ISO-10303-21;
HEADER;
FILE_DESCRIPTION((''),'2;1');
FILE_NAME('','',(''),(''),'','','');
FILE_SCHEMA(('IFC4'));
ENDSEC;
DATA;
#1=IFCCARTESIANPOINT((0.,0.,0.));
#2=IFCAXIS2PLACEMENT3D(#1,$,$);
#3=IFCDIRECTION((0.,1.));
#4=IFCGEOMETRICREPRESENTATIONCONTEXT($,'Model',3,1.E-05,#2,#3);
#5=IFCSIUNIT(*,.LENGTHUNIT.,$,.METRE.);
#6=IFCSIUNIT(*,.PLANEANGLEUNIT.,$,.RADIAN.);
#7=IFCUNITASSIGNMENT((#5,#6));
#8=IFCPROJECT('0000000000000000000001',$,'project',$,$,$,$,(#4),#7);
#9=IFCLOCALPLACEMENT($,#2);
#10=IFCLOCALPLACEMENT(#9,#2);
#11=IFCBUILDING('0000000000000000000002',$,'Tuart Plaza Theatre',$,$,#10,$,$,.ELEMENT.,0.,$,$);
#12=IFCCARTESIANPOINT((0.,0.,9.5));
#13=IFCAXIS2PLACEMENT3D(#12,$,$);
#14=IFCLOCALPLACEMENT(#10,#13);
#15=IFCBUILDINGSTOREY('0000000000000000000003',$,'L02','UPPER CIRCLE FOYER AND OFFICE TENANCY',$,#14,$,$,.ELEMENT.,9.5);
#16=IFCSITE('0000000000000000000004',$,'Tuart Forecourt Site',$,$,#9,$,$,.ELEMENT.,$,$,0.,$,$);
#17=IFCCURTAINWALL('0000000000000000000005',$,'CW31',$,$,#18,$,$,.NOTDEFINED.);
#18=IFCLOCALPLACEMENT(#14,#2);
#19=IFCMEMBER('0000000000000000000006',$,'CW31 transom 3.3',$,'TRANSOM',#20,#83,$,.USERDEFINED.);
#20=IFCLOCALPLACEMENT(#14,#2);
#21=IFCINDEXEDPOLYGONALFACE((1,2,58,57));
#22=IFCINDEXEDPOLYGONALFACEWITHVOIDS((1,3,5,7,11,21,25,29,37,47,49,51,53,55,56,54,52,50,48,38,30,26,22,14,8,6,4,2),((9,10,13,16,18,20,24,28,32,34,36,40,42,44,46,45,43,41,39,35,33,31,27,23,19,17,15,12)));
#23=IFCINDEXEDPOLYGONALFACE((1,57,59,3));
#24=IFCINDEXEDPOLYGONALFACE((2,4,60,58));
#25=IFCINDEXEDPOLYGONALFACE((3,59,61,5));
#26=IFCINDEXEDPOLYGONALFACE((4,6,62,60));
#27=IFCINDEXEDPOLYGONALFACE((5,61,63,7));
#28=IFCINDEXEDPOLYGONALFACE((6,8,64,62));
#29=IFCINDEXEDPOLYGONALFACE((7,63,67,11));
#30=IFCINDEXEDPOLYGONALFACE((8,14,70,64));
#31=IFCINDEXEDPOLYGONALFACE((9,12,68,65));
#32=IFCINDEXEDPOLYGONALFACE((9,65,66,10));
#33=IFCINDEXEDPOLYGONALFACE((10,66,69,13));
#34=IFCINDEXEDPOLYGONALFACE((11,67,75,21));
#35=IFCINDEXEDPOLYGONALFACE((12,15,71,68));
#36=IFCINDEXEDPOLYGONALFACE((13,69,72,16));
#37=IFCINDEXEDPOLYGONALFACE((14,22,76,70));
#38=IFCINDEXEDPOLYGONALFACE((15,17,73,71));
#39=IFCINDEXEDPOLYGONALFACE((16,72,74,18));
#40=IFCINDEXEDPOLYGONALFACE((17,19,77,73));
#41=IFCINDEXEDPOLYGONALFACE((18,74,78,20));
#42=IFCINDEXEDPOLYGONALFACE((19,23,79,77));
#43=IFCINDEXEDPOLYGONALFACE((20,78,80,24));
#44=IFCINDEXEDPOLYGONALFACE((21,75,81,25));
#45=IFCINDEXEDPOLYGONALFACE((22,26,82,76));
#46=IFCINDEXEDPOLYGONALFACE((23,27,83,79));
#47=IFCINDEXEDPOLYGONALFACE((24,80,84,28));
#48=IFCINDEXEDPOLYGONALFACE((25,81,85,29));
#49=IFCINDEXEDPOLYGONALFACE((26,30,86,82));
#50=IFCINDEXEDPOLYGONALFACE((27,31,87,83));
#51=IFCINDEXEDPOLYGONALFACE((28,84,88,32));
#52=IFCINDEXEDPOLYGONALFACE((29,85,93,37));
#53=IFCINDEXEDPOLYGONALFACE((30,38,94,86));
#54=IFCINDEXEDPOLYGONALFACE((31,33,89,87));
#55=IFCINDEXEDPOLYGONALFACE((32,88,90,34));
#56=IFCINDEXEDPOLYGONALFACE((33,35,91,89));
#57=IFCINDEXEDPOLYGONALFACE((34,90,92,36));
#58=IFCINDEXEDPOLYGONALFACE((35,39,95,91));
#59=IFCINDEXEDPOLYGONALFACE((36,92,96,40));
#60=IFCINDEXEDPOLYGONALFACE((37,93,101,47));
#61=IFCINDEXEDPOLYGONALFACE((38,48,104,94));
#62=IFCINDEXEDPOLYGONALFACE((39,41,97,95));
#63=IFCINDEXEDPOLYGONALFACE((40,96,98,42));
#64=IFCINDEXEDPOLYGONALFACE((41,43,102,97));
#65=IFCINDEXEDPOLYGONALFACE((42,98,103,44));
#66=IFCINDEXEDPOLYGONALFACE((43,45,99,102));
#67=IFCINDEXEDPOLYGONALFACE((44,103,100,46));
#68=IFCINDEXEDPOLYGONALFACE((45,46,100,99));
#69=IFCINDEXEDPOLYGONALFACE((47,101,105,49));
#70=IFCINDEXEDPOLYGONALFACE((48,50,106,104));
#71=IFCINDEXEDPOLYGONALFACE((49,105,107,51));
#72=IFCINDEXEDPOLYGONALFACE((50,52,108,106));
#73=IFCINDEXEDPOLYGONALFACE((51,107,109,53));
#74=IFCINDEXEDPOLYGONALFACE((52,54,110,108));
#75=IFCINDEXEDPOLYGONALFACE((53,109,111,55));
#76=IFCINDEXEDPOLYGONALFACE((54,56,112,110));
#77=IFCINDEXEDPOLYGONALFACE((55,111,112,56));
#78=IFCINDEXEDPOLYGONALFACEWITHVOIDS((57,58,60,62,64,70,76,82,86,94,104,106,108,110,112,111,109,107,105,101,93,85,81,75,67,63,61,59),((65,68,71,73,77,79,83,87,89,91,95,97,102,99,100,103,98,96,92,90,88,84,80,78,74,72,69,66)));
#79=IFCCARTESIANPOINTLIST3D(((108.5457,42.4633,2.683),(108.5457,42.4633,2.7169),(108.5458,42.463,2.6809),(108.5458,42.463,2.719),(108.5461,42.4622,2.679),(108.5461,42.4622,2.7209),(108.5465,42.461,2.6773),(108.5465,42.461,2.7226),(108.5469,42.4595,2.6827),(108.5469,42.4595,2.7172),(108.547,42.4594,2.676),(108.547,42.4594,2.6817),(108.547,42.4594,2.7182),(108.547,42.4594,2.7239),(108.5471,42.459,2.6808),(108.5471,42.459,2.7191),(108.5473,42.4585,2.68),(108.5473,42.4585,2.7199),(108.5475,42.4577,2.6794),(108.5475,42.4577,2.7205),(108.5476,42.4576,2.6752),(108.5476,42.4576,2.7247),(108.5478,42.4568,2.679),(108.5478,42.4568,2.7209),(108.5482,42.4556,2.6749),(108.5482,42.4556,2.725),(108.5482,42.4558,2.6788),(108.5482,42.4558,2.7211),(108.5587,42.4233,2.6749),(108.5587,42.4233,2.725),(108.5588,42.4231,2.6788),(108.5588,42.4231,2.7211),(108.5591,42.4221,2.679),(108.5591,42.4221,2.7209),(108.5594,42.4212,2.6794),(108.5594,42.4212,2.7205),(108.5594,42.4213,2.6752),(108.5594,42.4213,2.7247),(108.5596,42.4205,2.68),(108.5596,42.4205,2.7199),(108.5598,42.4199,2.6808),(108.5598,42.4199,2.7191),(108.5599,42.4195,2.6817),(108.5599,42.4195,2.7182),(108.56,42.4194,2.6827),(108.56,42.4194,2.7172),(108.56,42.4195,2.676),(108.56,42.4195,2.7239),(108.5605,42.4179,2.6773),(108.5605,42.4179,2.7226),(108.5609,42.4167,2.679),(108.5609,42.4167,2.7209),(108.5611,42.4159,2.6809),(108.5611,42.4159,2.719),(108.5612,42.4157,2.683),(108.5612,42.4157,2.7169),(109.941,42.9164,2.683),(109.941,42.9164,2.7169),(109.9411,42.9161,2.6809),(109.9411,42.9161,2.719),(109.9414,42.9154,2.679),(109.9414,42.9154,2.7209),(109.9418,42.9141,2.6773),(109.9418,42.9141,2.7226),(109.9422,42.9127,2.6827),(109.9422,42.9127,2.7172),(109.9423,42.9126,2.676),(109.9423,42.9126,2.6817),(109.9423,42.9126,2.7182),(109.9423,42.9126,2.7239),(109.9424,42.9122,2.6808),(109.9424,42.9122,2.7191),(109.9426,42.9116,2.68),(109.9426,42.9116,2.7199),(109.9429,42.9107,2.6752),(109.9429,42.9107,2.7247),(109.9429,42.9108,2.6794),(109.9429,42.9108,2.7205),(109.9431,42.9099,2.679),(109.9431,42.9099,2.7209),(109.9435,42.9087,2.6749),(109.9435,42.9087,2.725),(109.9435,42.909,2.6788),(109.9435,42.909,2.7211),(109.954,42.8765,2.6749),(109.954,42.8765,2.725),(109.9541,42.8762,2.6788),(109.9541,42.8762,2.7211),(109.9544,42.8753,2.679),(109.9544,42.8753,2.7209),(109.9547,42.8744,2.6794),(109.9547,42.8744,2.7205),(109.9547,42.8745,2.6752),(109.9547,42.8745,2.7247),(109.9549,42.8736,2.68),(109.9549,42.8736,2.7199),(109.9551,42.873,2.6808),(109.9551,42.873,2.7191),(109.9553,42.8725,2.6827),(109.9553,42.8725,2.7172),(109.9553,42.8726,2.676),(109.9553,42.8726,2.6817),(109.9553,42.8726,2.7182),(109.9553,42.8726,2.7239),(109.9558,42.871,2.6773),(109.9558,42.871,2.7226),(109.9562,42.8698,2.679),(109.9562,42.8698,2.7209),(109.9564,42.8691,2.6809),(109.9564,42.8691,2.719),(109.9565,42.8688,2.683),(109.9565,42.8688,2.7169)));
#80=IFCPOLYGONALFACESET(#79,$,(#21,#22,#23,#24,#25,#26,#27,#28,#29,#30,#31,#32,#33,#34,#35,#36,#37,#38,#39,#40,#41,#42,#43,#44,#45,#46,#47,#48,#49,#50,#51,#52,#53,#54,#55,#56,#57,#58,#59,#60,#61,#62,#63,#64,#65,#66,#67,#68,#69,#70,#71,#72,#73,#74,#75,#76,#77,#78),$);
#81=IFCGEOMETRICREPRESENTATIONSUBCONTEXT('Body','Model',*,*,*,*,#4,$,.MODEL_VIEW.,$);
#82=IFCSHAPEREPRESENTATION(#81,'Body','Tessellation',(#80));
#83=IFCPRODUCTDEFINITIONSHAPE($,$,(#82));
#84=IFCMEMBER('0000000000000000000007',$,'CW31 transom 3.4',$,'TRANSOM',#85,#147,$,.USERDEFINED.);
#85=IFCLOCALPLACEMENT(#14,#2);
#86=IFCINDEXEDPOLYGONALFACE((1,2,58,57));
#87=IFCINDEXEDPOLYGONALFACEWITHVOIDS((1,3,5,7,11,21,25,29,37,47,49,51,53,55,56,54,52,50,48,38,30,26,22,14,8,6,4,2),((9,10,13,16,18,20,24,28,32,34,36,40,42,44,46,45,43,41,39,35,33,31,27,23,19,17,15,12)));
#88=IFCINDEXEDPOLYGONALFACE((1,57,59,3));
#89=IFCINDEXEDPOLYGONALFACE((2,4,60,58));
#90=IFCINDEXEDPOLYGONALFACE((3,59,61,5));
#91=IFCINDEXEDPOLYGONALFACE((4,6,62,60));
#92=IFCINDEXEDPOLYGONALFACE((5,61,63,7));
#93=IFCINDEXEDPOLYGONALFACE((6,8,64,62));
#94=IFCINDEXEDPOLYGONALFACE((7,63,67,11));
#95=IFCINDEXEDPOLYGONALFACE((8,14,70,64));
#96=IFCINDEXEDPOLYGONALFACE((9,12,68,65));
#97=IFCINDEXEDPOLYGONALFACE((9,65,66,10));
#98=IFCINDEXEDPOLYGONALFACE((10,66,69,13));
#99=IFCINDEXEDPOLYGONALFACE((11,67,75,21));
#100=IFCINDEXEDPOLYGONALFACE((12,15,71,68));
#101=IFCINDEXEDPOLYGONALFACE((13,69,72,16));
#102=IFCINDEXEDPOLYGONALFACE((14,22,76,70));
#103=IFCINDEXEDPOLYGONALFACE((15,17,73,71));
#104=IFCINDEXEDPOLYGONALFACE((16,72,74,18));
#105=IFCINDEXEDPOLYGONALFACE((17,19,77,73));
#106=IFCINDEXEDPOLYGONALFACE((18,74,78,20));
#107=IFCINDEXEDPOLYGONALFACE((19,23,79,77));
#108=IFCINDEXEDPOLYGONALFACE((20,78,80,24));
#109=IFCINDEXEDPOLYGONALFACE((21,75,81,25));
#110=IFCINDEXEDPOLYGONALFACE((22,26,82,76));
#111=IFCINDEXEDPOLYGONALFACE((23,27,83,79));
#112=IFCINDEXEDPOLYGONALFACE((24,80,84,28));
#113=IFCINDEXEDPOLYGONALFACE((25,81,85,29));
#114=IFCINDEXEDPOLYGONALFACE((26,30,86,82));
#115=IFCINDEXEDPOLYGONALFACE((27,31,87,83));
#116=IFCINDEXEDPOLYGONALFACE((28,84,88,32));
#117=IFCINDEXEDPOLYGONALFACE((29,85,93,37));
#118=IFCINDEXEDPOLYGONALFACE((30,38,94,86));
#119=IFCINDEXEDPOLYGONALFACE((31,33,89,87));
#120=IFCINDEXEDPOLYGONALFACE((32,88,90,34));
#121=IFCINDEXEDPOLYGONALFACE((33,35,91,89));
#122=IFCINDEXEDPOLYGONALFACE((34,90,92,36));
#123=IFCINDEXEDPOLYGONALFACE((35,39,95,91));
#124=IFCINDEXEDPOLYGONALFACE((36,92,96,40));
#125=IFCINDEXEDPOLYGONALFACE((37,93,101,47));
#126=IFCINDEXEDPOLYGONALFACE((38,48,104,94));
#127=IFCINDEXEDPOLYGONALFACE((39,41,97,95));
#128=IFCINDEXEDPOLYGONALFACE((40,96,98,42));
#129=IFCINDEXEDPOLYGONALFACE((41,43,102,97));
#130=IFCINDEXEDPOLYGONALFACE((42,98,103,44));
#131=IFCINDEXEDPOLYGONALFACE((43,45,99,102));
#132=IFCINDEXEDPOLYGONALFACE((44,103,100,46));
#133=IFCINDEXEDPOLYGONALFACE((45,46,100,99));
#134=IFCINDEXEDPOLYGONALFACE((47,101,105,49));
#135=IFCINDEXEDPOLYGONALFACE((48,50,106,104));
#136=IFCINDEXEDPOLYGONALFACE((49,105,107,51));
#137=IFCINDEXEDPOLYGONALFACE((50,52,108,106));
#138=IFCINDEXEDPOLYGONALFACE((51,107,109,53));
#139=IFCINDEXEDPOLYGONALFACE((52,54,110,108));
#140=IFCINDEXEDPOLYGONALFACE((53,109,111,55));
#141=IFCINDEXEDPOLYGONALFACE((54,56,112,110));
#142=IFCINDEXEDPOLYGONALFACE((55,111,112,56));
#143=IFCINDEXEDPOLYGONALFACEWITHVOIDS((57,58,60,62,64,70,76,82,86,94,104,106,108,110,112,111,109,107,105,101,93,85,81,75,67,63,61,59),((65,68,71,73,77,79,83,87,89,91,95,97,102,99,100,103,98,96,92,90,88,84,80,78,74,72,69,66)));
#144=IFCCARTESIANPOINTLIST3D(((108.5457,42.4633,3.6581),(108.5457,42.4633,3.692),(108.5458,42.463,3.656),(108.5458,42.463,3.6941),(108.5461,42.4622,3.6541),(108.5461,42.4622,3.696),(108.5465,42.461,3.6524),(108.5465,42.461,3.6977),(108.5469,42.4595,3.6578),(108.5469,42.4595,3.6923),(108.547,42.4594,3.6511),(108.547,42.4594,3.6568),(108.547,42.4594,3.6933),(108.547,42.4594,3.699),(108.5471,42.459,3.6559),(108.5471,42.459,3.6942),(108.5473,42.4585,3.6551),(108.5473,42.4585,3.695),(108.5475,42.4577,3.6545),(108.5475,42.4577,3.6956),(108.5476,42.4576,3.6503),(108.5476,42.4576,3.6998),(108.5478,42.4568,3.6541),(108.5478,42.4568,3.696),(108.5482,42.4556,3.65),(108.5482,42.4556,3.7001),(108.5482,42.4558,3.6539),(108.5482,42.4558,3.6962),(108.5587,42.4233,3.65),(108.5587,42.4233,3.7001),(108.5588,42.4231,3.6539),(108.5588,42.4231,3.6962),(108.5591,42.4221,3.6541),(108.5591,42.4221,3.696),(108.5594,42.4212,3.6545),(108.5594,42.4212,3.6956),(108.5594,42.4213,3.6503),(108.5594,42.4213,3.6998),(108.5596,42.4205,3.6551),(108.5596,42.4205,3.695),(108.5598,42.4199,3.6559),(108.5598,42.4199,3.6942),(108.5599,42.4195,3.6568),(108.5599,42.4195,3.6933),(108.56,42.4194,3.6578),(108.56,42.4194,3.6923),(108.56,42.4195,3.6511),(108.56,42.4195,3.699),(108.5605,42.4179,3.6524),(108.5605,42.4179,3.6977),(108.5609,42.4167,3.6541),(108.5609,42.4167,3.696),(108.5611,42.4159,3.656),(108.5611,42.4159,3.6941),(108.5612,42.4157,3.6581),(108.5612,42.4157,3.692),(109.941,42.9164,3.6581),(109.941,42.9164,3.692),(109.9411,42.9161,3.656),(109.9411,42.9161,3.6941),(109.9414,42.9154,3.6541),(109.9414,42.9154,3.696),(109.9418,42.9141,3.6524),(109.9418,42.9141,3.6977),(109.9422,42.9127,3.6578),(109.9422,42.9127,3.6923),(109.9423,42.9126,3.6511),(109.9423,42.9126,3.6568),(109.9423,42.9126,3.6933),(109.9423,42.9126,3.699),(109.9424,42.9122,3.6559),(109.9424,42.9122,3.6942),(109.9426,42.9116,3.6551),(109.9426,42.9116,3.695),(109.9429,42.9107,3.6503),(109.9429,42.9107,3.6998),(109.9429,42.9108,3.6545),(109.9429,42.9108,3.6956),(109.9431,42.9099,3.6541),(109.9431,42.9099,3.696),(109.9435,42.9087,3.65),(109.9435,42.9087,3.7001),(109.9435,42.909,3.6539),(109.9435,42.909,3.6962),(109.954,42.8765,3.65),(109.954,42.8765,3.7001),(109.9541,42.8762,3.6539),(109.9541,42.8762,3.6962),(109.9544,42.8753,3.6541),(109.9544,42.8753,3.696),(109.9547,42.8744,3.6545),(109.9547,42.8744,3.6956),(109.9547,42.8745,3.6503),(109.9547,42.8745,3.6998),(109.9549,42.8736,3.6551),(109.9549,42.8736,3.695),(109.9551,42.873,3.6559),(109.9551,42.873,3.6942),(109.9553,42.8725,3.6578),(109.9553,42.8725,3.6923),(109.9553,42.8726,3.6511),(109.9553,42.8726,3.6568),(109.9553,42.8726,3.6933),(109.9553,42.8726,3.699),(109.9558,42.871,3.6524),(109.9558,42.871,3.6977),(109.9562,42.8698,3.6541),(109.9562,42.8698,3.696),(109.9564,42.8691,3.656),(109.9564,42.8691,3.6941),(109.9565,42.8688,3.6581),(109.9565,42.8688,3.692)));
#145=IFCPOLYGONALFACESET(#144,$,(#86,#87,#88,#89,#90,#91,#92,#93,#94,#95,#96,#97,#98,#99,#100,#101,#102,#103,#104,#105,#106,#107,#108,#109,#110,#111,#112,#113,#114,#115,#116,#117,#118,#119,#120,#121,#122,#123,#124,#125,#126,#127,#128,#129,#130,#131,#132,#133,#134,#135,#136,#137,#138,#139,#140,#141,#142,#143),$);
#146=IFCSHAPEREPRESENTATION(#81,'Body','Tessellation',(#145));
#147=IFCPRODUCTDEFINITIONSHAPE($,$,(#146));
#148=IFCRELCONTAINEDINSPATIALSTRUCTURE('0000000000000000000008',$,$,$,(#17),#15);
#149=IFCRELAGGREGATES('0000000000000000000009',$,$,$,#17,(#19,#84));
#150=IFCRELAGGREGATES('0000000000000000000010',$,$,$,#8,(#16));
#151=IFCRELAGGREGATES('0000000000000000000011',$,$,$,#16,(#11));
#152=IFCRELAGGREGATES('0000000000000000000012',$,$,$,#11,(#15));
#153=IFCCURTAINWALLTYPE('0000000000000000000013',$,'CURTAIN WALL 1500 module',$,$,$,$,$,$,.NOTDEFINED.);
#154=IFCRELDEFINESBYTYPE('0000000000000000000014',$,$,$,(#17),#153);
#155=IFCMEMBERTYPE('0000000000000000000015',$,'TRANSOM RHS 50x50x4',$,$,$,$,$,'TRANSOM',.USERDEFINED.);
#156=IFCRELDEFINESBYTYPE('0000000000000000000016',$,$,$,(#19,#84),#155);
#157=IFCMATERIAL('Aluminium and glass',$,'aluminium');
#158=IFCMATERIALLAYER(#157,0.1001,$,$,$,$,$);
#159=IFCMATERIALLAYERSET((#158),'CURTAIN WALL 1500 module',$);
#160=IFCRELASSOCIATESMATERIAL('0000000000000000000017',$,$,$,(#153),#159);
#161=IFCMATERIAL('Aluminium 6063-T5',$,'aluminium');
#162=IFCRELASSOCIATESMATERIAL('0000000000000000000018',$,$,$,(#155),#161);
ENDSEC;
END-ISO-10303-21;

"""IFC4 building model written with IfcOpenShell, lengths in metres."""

from ifc_helpers import new_model, si_unit, direction, frame, origin, origin_2d, place, context, subcontext, project, spatial, hollow_rectangle, extrude, material, layer, layer_set, material_profile, profile_set, type_object, element, aggregate, save


model = new_model("IFC4")

# Units and contexts
model_context = context("Model", 3, precision=1e-05, world=origin(), true_north=direction((0.0, 1.0)))
body_context = subcontext(model_context, "Body", "Model", "MODEL_VIEW")
ifc_project = project(units=[si_unit("LENGTHUNIT", "METRE"), si_unit("PLANEANGLEUNIT", "RADIAN")], contexts=[model_context])

# Site, building, storey
site_placement = place(None, origin())
site = spatial("IfcSite", under=ifc_project, at=site_placement, Name="Tuart Forecourt Site", CompositionType="ELEMENT", RefElevation=0.0)
building_placement = place(site_placement, origin())
building = spatial("IfcBuilding", under=site, at=building_placement, Name="Tuart Plaza Theatre", CompositionType="ELEMENT", ElevationOfRefHeight=0.0)
storey_placement = place(building_placement, frame((0.0, 0.0, 9.5)))
storey = spatial("IfcBuildingStorey", under=building, at=storey_placement, Name="L02", Description="UPPER CIRCLE FOYER AND OFFICE TENANCY", CompositionType="ELEMENT", Elevation=9.5)

# Curtain wall, members
ifc_material_1 = material(Name="Aluminium and glass", Category="aluminium")
ifc_layer_1 = layer(ifc_material_1, 0.1001)
ifc_layer_set_1 = layer_set([ifc_layer_1], Name="CURTAIN WALL 1500 module")
curtain_wall_type = type_object("IfcCurtainWallType", Name="CURTAIN WALL 1500 module", PredefinedType="NOTDEFINED", material=ifc_layer_set_1)
curtain_wall_1_placement = place(storey_placement, origin())
curtain_wall_1 = element("IfcCurtainWall", 1, at=curtain_wall_1_placement, inside=storey, type_object=curtain_wall_type, Name="CW31", PredefinedType="NOTDEFINED")
ifc_material_2 = material(Name="Aluminium 6063-T5", Category="aluminium")
ifc_material_profile_1 = material_profile(ifc_material_2, hollow_rectangle(XDim=0.05, YDim=0.05, WallThickness=0.0039, InnerFilletRadius=0.0039, OuterFilletRadius=0.0081, at=origin_2d()), Name="RHS 50x50x4")
ifc_profile_set_1 = profile_set([ifc_material_profile_1], Name="Aluminium 6063-T5")
member_type_1 = type_object("IfcMemberType", Name="TRANSOM RHS 50x50x4", ElementType="TRANSOM", PredefinedType="USERDEFINED", material=ifc_profile_set_1)
member_1_placement = place(storey_placement, frame((108.5535, 42.4395, 2.7), z_axis=(0.951101, 0.308879, 0.0), x_axis=(-0.308879, 0.951101, 0.0)))
member_1 = element("IfcMember", 2, at=member_1_placement, type_object=member_type_1, Name="CW31 transom 3.3", ObjectType="TRANSOM", PredefinedType="USERDEFINED", context=body_context, shape_type="SweptSolid", body=[
    extrude(hollow_rectangle(XDim=0.05, YDim=0.05, WallThickness=0.0039, InnerFilletRadius=0.0039, OuterFilletRadius=0.0081, at=origin_2d()), origin(), (0.0, 0.0, 1.0), 1.467),
])
member_2_placement = place(storey_placement, frame((108.5535, 42.4395, 3.675), z_axis=(0.951101, 0.308879, 0.0), x_axis=(-0.308879, 0.951101, 0.0)))
member_2 = element("IfcMember", 3, at=member_2_placement, type_object=member_type_1, Name="CW31 transom 3.4", ObjectType="TRANSOM", PredefinedType="USERDEFINED", context=body_context, shape_type="SweptSolid", body=[
    extrude(hollow_rectangle(XDim=0.05, YDim=0.05, WallThickness=0.0039, InnerFilletRadius=0.0039, OuterFilletRadius=0.0081, at=origin_2d()), origin(), (0.0, 0.0, 1.0), 1.467),
])

aggregate(curtain_wall_1, [member_1, member_2])

save(model, "model.ifc")
